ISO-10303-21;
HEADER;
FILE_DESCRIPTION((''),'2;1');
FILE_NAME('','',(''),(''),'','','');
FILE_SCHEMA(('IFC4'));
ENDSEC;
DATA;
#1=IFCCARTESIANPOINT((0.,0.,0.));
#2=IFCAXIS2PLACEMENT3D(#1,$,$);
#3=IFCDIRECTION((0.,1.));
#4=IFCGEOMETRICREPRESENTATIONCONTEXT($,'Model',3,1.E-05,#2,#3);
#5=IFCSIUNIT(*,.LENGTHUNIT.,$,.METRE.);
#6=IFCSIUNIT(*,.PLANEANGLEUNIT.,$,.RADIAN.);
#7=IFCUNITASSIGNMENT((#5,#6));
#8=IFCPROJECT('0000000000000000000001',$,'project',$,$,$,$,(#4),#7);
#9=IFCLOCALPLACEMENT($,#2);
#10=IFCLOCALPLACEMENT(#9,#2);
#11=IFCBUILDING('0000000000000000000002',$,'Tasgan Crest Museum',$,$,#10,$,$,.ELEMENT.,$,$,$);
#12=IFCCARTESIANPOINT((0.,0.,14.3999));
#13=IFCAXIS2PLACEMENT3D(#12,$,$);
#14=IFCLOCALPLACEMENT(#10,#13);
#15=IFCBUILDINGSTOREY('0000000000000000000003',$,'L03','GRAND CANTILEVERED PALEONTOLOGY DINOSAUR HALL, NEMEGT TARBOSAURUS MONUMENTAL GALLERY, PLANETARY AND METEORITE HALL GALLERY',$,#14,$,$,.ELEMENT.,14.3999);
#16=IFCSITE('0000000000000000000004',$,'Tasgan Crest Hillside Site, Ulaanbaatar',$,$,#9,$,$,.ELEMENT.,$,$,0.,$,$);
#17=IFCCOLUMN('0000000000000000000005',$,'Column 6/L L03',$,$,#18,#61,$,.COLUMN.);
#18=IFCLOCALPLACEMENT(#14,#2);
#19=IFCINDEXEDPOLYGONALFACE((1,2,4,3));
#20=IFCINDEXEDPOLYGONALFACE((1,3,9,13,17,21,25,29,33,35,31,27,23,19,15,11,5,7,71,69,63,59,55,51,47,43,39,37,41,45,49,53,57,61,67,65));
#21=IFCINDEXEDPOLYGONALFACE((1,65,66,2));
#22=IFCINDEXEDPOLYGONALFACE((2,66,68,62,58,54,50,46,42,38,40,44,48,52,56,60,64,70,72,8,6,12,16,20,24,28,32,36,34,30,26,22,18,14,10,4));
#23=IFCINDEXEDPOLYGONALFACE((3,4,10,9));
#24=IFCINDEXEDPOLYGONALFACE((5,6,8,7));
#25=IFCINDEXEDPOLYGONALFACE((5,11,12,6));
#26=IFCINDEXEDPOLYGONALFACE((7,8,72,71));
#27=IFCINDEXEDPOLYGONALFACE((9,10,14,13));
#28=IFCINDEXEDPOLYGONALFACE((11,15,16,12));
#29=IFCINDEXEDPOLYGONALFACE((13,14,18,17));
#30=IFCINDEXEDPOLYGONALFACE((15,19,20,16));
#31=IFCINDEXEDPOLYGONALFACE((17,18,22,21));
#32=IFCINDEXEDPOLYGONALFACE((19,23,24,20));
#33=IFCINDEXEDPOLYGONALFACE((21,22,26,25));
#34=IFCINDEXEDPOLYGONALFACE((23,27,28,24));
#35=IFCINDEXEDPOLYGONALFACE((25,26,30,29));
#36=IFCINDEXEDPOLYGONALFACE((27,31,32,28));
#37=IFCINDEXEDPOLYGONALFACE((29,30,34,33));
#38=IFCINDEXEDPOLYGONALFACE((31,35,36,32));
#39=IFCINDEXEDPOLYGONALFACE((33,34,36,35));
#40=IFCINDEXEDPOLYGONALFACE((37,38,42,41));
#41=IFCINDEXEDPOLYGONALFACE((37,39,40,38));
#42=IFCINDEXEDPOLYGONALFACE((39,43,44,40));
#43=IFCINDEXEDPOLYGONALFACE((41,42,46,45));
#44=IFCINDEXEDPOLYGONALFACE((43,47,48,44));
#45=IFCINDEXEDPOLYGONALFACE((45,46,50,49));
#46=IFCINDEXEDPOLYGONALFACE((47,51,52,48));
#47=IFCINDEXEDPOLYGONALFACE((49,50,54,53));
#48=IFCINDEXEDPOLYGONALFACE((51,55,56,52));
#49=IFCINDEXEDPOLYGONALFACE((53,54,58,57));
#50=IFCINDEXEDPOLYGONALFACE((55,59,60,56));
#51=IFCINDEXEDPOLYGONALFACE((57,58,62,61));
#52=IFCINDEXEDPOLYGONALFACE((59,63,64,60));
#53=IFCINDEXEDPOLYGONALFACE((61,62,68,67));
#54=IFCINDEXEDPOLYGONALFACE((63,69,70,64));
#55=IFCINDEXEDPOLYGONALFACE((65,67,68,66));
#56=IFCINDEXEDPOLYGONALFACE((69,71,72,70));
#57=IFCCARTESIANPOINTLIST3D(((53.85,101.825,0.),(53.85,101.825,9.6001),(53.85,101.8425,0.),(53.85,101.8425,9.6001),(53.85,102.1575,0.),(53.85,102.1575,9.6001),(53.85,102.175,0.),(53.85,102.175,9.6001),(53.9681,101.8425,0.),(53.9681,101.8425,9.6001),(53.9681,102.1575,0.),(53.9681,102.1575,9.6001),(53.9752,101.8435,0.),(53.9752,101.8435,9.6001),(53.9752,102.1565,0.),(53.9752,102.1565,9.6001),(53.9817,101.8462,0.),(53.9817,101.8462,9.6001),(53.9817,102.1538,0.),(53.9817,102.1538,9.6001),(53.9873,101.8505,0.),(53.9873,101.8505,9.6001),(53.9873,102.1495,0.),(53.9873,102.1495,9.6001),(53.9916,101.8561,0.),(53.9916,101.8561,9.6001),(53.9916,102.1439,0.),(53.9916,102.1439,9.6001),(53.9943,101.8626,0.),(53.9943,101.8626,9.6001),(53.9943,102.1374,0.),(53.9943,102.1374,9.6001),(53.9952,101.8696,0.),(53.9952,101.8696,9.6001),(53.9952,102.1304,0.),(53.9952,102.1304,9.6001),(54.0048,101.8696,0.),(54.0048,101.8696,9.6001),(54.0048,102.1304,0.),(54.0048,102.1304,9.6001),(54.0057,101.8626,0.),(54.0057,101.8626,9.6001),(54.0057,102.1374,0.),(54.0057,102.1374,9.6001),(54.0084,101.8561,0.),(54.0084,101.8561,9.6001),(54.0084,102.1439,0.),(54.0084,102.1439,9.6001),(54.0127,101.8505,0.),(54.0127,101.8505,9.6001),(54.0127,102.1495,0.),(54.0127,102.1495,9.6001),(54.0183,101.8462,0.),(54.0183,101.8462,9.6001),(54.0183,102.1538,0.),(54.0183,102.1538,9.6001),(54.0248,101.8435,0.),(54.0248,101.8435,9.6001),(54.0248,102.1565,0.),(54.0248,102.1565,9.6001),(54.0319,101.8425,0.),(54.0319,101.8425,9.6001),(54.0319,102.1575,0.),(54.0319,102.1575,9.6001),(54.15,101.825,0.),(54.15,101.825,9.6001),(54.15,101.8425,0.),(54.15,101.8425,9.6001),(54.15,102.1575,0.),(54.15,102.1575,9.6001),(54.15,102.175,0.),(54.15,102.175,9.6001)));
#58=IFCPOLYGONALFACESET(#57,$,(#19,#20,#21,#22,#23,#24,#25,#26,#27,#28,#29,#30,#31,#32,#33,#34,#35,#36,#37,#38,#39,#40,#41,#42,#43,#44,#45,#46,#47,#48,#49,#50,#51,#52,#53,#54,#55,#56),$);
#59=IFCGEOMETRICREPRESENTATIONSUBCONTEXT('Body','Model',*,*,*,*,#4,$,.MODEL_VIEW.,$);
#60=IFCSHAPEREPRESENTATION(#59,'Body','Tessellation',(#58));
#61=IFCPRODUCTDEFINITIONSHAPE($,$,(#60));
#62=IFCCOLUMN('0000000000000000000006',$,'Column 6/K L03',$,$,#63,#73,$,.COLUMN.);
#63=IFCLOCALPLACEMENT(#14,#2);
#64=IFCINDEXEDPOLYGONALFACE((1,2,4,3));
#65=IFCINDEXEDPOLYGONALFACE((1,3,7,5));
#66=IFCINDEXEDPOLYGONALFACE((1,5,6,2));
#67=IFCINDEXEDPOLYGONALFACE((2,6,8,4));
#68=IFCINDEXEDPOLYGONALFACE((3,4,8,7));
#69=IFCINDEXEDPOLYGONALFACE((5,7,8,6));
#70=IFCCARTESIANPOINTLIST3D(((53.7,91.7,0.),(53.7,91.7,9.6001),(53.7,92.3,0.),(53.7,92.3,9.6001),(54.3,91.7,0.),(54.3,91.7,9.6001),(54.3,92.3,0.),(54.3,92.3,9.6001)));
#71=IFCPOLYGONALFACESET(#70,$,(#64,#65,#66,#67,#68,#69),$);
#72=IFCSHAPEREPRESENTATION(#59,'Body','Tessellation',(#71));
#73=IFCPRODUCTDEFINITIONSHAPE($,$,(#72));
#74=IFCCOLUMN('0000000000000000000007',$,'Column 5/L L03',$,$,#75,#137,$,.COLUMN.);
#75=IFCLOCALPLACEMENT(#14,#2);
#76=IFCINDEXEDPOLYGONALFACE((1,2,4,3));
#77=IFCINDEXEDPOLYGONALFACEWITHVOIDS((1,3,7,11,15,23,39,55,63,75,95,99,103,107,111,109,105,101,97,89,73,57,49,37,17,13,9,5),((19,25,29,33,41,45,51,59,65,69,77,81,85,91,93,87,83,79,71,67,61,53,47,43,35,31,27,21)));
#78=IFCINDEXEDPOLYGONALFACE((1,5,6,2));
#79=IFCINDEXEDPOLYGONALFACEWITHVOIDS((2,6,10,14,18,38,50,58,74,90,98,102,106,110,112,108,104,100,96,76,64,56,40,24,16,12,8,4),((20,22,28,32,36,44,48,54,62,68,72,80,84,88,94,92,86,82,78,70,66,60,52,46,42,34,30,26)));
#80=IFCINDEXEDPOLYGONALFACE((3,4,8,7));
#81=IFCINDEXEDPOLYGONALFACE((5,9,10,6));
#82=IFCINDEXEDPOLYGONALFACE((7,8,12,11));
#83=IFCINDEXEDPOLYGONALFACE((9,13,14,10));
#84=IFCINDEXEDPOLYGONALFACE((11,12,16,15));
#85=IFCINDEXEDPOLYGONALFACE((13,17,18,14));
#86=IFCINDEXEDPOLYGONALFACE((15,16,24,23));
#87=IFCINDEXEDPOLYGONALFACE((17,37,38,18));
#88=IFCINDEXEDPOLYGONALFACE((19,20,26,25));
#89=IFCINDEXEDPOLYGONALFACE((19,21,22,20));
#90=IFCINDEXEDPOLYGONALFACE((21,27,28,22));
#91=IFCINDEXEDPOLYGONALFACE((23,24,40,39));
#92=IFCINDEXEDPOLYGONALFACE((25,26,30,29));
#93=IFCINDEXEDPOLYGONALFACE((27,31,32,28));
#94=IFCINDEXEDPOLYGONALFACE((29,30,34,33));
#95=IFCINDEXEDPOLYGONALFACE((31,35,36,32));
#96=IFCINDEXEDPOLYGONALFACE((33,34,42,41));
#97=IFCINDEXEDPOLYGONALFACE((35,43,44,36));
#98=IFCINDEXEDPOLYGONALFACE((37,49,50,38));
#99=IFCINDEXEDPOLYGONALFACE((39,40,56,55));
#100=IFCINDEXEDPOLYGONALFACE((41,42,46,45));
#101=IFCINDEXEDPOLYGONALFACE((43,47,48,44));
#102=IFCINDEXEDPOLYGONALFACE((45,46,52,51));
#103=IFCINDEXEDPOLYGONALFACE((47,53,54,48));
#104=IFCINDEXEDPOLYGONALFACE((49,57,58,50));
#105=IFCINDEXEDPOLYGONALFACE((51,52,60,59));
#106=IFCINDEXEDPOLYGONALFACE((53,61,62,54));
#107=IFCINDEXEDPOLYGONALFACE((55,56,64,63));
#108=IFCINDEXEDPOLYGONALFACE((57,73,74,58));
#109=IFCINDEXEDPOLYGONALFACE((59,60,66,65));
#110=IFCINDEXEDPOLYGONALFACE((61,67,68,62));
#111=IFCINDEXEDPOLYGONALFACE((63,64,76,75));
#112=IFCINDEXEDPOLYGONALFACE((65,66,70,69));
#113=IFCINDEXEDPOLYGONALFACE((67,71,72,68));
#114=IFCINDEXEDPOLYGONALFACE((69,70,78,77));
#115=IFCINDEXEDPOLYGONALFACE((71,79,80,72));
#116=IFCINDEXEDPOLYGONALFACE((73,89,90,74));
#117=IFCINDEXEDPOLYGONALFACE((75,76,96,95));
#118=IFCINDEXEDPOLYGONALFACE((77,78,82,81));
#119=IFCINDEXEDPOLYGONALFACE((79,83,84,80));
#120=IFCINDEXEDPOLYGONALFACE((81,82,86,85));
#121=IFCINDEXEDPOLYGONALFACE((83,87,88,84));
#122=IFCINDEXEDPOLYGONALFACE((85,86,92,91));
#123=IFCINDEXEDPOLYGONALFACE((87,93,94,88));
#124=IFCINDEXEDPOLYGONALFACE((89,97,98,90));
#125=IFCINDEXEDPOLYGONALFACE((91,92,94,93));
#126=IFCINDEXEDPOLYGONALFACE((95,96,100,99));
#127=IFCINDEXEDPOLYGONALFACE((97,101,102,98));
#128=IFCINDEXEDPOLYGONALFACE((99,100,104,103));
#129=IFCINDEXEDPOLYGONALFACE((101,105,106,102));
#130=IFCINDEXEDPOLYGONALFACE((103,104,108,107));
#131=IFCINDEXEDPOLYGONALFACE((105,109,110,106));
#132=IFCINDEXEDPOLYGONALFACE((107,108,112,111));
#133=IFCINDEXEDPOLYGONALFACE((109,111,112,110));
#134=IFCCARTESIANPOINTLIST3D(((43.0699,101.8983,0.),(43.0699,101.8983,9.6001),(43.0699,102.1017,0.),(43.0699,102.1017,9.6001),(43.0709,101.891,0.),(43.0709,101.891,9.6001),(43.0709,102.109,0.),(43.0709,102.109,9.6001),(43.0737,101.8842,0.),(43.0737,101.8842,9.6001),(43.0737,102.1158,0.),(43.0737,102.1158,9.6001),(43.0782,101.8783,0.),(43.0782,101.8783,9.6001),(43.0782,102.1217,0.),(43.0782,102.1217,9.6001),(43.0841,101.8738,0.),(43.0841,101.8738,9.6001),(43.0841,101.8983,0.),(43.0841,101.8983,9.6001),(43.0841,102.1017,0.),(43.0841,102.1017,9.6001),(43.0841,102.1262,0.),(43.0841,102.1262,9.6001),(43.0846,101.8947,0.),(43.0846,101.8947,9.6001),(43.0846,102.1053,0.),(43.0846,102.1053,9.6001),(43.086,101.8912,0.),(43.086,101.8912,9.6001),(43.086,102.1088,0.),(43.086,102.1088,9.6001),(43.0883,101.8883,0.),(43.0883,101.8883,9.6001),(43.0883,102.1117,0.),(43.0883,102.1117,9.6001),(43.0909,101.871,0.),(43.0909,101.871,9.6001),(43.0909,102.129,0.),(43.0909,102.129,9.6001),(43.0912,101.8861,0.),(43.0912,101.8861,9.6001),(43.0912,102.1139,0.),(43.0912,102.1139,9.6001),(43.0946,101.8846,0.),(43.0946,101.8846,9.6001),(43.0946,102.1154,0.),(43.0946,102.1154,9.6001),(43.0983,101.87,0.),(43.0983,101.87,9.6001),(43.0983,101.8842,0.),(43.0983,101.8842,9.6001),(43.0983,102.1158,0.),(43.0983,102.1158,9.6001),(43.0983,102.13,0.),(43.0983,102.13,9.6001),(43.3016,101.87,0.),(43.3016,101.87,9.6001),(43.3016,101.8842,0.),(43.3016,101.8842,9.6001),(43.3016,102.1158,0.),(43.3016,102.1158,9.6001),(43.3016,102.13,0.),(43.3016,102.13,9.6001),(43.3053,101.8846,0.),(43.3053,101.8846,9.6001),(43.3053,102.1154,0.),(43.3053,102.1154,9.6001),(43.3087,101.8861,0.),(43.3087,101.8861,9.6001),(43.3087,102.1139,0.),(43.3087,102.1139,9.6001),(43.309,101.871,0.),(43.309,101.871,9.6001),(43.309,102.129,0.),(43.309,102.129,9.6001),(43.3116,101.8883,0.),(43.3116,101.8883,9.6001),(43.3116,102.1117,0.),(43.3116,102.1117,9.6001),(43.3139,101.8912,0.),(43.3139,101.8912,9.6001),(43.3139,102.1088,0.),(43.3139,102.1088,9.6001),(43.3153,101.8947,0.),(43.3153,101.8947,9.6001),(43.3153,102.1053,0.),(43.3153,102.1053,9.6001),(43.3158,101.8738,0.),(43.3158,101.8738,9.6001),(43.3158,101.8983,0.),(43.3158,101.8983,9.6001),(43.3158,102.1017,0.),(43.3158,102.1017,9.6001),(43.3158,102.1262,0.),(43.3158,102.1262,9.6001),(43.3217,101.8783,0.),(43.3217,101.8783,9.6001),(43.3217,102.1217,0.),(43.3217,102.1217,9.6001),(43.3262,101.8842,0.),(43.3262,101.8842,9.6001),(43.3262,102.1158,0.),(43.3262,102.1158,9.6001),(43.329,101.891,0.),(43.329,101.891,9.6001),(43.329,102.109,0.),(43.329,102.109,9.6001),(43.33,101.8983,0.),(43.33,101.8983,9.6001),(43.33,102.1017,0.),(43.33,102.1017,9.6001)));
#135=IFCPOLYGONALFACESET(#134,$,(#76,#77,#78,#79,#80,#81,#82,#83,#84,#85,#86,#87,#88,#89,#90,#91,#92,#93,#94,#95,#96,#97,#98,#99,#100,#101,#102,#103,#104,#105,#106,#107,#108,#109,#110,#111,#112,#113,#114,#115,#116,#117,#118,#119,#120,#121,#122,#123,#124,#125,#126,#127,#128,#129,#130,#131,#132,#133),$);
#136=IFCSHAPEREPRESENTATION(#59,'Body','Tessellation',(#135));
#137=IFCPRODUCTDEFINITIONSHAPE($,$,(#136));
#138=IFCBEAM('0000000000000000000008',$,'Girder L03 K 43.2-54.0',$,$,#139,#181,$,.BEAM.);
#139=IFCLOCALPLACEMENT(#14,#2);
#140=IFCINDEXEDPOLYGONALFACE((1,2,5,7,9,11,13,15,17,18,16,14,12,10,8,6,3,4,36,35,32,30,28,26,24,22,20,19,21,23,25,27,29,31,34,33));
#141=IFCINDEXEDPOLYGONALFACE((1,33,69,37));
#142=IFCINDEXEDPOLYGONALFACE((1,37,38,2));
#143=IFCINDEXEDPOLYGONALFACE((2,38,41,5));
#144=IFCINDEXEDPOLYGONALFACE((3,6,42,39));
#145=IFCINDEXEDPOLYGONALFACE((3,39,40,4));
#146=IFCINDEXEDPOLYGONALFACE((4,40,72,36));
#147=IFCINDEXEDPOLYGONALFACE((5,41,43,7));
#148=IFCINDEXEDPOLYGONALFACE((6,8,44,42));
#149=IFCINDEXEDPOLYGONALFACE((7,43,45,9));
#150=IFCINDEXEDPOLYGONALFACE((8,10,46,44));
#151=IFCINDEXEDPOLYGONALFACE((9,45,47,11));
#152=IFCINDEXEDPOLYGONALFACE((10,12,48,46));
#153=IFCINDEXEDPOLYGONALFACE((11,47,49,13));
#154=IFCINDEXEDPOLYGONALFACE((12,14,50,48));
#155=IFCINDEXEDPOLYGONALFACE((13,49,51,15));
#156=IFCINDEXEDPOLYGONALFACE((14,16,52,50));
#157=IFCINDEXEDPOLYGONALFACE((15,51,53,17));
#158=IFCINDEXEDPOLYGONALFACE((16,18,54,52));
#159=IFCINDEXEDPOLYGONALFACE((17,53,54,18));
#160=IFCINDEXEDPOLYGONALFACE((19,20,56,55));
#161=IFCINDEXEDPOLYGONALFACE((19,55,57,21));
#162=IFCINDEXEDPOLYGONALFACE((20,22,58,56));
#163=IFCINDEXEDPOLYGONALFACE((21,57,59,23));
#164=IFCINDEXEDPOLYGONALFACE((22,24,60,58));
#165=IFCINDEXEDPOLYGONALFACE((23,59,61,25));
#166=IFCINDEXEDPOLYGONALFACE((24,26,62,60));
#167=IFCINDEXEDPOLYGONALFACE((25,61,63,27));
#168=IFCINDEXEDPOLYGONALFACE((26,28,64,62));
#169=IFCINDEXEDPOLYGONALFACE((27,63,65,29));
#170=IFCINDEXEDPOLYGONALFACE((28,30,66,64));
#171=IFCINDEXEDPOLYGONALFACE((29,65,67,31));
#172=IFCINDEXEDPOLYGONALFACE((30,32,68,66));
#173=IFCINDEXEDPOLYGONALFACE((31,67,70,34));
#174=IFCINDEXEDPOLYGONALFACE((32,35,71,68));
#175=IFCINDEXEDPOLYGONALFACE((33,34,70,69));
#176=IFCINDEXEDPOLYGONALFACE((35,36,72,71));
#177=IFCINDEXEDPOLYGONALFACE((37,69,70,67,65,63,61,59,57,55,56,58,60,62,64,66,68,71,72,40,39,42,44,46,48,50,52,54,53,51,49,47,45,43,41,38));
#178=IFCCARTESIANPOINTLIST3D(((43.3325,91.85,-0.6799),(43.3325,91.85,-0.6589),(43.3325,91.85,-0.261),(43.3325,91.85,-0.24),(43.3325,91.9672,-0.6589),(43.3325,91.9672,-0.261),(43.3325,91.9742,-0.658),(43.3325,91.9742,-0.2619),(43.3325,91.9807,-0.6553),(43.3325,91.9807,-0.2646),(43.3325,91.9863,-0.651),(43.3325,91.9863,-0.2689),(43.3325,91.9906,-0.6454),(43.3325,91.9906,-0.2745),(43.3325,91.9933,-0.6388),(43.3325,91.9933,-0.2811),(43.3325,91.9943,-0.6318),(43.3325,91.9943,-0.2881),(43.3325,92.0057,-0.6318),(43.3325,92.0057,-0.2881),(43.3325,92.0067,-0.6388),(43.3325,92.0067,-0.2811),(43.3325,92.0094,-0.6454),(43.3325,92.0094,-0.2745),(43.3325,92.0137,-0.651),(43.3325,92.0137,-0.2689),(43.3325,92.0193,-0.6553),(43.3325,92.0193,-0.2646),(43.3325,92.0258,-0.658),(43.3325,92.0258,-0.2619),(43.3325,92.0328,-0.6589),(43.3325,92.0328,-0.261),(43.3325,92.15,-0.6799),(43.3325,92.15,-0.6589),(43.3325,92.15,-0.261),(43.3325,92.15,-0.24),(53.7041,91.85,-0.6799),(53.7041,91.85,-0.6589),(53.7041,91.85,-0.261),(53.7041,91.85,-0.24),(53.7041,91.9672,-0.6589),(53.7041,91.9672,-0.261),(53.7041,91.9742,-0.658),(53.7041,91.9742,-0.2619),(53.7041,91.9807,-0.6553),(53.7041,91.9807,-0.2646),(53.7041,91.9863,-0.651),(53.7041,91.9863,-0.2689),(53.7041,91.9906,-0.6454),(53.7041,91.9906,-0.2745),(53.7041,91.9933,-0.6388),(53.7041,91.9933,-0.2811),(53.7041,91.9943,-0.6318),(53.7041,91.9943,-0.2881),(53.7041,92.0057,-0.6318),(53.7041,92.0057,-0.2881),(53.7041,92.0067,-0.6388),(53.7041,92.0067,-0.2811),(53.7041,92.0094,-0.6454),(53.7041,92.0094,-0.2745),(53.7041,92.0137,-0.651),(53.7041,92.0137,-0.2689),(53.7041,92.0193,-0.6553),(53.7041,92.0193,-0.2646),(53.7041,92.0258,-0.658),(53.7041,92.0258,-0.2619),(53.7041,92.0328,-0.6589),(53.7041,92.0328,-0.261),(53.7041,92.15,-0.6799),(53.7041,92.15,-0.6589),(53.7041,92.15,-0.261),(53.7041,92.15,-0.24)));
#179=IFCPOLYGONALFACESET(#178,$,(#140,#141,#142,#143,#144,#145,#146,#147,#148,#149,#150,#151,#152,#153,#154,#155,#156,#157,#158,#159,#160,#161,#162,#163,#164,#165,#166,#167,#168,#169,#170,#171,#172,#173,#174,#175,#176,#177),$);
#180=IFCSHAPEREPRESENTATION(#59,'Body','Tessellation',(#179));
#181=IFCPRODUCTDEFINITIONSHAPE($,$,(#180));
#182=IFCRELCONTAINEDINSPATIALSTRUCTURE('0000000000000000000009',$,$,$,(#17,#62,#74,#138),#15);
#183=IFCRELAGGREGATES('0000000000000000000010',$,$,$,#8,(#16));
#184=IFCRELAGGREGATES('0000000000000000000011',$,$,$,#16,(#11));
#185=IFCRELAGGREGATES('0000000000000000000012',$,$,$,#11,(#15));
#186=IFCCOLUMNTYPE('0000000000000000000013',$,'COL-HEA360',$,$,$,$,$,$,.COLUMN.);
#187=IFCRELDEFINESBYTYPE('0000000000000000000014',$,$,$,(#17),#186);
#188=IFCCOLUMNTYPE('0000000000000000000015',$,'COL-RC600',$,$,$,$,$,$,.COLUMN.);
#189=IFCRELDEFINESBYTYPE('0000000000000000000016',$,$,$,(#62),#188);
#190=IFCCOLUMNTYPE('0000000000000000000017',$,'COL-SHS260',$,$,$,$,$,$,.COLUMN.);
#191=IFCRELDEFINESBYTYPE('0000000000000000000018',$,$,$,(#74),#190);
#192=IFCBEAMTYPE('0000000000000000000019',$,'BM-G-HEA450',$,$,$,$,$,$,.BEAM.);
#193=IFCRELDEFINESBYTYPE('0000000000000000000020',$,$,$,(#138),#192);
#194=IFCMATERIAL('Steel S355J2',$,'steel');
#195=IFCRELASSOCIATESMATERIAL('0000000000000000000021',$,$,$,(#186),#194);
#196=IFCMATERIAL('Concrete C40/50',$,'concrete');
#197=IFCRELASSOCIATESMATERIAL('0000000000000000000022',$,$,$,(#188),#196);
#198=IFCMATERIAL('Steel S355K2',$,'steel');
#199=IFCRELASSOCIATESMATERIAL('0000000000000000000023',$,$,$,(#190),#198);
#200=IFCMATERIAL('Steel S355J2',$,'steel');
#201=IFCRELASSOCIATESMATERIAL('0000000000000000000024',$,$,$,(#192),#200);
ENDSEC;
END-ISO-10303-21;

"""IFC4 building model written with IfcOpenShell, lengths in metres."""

from ifc_helpers import new_model, si_unit, direction, frame, origin, origin_2d, place, context, subcontext, project, spatial, rectangle, hollow_rectangle, i_section, extrude, material, material_profile, profile_set, type_object, element, save


model = new_model("IFC4")

# Units and contexts
model_context = context("Model", 3, precision=1e-05, world=origin(), true_north=direction((0.0, 1.0)))
body_context = subcontext(model_context, "Body", "Model", "MODEL_VIEW")
ifc_project = project(units=[si_unit("LENGTHUNIT", "METRE"), si_unit("PLANEANGLEUNIT", "RADIAN")], contexts=[model_context])

# Site, building, storey
site_placement = place(None, origin())
site = spatial("IfcSite", under=ifc_project, at=site_placement, Name="Tasgan Crest Hillside Site, Ulaanbaatar", CompositionType="ELEMENT", RefElevation=0.0)
building_placement = place(site_placement, origin())
building = spatial("IfcBuilding", under=site, at=building_placement, Name="Tasgan Crest Museum", CompositionType="ELEMENT")
storey_placement = place(building_placement, frame((0.0, 0.0, 14.3999)))
storey = spatial("IfcBuildingStorey", under=building, at=storey_placement, Name="L03", Description="GRAND CANTILEVERED PALEONTOLOGY DINOSAUR HALL, NEMEGT TARBOSAURUS MONUMENTAL GALLERY, PLANETARY AND METEORITE HALL GALLERY", CompositionType="ELEMENT", Elevation=14.3999)

# Columns
ifc_material_1 = material(Name="Steel S355J2", Category="steel")
ifc_material_profile_1 = material_profile(ifc_material_1, i_section(OverallWidth=0.3, OverallDepth=0.3501, WebThickness=0.0095, FlangeThickness=0.0176, FilletRadius=0.0271, at=origin_2d()), Name="HEA 360")
ifc_profile_set_1 = profile_set([ifc_material_profile_1], Name="Steel S355J2")
column_type_1 = type_object("IfcColumnType", Name="COL-HEA360", PredefinedType="COLUMN", material=ifc_profile_set_1)
column_1_placement = place(storey_placement, frame((54.0, 102.0, 0.0), z_axis=(0.0, 0.0, 1.0), x_axis=(1.0, 0.0, 0.0)))
element("IfcColumn", 1, at=column_1_placement, inside=storey, type_object=column_type_1, Name="Column 6/L L03", PredefinedType="COLUMN", context=body_context, shape_type="SweptSolid", body=[
    extrude(i_section(OverallWidth=0.3, OverallDepth=0.3501, WebThickness=0.0095, FlangeThickness=0.0176, FilletRadius=0.0271, at=origin_2d()), origin(), (0.0, 0.0, 1.0), 9.6001),
])
ifc_material_2 = material(Name="Concrete C40/50", Category="concrete")
ifc_material_profile_2 = material_profile(ifc_material_2, rectangle(XDim=0.6001, YDim=0.6001, at=origin_2d()), Name="RC 600x600")
ifc_profile_set_2 = profile_set([ifc_material_profile_2], Name="Concrete C40/50")
column_type_2 = type_object("IfcColumnType", Name="COL-RC600", PredefinedType="COLUMN", material=ifc_profile_set_2)
column_2_placement = place(storey_placement, frame((54.0, 92.0, 0.0), z_axis=(0.0, 0.0, 1.0), x_axis=(1.0, 0.0, 0.0)))
element("IfcColumn", 2, at=column_2_placement, inside=storey, type_object=column_type_2, Name="Column 6/K L03", PredefinedType="COLUMN", context=body_context, shape_type="SweptSolid", body=[
    extrude(rectangle(XDim=0.6001, YDim=0.6001, at=origin_2d()), origin(), (0.0, 0.0, 1.0), 9.6001),
])
ifc_material_3 = material(Name="Steel S355K2", Category="steel")
ifc_material_profile_3 = material_profile(ifc_material_3, hollow_rectangle(XDim=0.26, YDim=0.26, WallThickness=0.0142, InnerFilletRadius=0.0142, OuterFilletRadius=0.0283, at=origin_2d()), Name="SHS 260x260x14.2")
ifc_profile_set_3 = profile_set([ifc_material_profile_3], Name="Steel S355K2")
column_type_3 = type_object("IfcColumnType", Name="COL-SHS260", PredefinedType="COLUMN", material=ifc_profile_set_3)
column_3_placement = place(storey_placement, frame((43.2, 102.0, 0.0), z_axis=(0.0, 0.0, 1.0), x_axis=(1.0, 0.0, 0.0)))
element("IfcColumn", 3, at=column_3_placement, inside=storey, type_object=column_type_3, Name="Column 5/L L03", PredefinedType="COLUMN", context=body_context, shape_type="SweptSolid", body=[
    extrude(hollow_rectangle(XDim=0.26, YDim=0.26, WallThickness=0.0142, InnerFilletRadius=0.0142, OuterFilletRadius=0.0283, at=origin_2d()), origin(), (0.0, 0.0, 1.0), 9.6001),
])

# Beam
ifc_material_4 = material(Name="Steel S355J2", Category="steel")
ifc_material_profile_4 = material_profile(ifc_material_4, i_section(OverallWidth=0.3, OverallDepth=0.4399, WebThickness=0.0115, FlangeThickness=0.021, FilletRadius=0.0271, at=origin_2d()), Name="HEA 450")
ifc_profile_set_4 = profile_set([ifc_material_profile_4], Name="Steel S355J2")
beam_type_1 = type_object("IfcBeamType", Name="BM-G-HEA450", PredefinedType="BEAM", material=ifc_profile_set_4)
beam_1_placement = place(storey_placement, frame((43.3325, 92.0, -0.46), z_axis=(1.0, 0.0, 0.0), x_axis=(0.0, 1.0, 0.0)))
element("IfcBeam", 4, at=beam_1_placement, inside=storey, type_object=beam_type_1, Name="Girder L03 K 43.2-54.0", PredefinedType="BEAM", context=body_context, shape_type="SweptSolid", body=[
    extrude(i_section(OverallWidth=0.3, OverallDepth=0.4399, WebThickness=0.0115, FlangeThickness=0.021, FilletRadius=0.0271, at=origin_2d()), origin(), (0.0, 0.0, 1.0), 10.3716),
])

save(model, "model.ifc")
